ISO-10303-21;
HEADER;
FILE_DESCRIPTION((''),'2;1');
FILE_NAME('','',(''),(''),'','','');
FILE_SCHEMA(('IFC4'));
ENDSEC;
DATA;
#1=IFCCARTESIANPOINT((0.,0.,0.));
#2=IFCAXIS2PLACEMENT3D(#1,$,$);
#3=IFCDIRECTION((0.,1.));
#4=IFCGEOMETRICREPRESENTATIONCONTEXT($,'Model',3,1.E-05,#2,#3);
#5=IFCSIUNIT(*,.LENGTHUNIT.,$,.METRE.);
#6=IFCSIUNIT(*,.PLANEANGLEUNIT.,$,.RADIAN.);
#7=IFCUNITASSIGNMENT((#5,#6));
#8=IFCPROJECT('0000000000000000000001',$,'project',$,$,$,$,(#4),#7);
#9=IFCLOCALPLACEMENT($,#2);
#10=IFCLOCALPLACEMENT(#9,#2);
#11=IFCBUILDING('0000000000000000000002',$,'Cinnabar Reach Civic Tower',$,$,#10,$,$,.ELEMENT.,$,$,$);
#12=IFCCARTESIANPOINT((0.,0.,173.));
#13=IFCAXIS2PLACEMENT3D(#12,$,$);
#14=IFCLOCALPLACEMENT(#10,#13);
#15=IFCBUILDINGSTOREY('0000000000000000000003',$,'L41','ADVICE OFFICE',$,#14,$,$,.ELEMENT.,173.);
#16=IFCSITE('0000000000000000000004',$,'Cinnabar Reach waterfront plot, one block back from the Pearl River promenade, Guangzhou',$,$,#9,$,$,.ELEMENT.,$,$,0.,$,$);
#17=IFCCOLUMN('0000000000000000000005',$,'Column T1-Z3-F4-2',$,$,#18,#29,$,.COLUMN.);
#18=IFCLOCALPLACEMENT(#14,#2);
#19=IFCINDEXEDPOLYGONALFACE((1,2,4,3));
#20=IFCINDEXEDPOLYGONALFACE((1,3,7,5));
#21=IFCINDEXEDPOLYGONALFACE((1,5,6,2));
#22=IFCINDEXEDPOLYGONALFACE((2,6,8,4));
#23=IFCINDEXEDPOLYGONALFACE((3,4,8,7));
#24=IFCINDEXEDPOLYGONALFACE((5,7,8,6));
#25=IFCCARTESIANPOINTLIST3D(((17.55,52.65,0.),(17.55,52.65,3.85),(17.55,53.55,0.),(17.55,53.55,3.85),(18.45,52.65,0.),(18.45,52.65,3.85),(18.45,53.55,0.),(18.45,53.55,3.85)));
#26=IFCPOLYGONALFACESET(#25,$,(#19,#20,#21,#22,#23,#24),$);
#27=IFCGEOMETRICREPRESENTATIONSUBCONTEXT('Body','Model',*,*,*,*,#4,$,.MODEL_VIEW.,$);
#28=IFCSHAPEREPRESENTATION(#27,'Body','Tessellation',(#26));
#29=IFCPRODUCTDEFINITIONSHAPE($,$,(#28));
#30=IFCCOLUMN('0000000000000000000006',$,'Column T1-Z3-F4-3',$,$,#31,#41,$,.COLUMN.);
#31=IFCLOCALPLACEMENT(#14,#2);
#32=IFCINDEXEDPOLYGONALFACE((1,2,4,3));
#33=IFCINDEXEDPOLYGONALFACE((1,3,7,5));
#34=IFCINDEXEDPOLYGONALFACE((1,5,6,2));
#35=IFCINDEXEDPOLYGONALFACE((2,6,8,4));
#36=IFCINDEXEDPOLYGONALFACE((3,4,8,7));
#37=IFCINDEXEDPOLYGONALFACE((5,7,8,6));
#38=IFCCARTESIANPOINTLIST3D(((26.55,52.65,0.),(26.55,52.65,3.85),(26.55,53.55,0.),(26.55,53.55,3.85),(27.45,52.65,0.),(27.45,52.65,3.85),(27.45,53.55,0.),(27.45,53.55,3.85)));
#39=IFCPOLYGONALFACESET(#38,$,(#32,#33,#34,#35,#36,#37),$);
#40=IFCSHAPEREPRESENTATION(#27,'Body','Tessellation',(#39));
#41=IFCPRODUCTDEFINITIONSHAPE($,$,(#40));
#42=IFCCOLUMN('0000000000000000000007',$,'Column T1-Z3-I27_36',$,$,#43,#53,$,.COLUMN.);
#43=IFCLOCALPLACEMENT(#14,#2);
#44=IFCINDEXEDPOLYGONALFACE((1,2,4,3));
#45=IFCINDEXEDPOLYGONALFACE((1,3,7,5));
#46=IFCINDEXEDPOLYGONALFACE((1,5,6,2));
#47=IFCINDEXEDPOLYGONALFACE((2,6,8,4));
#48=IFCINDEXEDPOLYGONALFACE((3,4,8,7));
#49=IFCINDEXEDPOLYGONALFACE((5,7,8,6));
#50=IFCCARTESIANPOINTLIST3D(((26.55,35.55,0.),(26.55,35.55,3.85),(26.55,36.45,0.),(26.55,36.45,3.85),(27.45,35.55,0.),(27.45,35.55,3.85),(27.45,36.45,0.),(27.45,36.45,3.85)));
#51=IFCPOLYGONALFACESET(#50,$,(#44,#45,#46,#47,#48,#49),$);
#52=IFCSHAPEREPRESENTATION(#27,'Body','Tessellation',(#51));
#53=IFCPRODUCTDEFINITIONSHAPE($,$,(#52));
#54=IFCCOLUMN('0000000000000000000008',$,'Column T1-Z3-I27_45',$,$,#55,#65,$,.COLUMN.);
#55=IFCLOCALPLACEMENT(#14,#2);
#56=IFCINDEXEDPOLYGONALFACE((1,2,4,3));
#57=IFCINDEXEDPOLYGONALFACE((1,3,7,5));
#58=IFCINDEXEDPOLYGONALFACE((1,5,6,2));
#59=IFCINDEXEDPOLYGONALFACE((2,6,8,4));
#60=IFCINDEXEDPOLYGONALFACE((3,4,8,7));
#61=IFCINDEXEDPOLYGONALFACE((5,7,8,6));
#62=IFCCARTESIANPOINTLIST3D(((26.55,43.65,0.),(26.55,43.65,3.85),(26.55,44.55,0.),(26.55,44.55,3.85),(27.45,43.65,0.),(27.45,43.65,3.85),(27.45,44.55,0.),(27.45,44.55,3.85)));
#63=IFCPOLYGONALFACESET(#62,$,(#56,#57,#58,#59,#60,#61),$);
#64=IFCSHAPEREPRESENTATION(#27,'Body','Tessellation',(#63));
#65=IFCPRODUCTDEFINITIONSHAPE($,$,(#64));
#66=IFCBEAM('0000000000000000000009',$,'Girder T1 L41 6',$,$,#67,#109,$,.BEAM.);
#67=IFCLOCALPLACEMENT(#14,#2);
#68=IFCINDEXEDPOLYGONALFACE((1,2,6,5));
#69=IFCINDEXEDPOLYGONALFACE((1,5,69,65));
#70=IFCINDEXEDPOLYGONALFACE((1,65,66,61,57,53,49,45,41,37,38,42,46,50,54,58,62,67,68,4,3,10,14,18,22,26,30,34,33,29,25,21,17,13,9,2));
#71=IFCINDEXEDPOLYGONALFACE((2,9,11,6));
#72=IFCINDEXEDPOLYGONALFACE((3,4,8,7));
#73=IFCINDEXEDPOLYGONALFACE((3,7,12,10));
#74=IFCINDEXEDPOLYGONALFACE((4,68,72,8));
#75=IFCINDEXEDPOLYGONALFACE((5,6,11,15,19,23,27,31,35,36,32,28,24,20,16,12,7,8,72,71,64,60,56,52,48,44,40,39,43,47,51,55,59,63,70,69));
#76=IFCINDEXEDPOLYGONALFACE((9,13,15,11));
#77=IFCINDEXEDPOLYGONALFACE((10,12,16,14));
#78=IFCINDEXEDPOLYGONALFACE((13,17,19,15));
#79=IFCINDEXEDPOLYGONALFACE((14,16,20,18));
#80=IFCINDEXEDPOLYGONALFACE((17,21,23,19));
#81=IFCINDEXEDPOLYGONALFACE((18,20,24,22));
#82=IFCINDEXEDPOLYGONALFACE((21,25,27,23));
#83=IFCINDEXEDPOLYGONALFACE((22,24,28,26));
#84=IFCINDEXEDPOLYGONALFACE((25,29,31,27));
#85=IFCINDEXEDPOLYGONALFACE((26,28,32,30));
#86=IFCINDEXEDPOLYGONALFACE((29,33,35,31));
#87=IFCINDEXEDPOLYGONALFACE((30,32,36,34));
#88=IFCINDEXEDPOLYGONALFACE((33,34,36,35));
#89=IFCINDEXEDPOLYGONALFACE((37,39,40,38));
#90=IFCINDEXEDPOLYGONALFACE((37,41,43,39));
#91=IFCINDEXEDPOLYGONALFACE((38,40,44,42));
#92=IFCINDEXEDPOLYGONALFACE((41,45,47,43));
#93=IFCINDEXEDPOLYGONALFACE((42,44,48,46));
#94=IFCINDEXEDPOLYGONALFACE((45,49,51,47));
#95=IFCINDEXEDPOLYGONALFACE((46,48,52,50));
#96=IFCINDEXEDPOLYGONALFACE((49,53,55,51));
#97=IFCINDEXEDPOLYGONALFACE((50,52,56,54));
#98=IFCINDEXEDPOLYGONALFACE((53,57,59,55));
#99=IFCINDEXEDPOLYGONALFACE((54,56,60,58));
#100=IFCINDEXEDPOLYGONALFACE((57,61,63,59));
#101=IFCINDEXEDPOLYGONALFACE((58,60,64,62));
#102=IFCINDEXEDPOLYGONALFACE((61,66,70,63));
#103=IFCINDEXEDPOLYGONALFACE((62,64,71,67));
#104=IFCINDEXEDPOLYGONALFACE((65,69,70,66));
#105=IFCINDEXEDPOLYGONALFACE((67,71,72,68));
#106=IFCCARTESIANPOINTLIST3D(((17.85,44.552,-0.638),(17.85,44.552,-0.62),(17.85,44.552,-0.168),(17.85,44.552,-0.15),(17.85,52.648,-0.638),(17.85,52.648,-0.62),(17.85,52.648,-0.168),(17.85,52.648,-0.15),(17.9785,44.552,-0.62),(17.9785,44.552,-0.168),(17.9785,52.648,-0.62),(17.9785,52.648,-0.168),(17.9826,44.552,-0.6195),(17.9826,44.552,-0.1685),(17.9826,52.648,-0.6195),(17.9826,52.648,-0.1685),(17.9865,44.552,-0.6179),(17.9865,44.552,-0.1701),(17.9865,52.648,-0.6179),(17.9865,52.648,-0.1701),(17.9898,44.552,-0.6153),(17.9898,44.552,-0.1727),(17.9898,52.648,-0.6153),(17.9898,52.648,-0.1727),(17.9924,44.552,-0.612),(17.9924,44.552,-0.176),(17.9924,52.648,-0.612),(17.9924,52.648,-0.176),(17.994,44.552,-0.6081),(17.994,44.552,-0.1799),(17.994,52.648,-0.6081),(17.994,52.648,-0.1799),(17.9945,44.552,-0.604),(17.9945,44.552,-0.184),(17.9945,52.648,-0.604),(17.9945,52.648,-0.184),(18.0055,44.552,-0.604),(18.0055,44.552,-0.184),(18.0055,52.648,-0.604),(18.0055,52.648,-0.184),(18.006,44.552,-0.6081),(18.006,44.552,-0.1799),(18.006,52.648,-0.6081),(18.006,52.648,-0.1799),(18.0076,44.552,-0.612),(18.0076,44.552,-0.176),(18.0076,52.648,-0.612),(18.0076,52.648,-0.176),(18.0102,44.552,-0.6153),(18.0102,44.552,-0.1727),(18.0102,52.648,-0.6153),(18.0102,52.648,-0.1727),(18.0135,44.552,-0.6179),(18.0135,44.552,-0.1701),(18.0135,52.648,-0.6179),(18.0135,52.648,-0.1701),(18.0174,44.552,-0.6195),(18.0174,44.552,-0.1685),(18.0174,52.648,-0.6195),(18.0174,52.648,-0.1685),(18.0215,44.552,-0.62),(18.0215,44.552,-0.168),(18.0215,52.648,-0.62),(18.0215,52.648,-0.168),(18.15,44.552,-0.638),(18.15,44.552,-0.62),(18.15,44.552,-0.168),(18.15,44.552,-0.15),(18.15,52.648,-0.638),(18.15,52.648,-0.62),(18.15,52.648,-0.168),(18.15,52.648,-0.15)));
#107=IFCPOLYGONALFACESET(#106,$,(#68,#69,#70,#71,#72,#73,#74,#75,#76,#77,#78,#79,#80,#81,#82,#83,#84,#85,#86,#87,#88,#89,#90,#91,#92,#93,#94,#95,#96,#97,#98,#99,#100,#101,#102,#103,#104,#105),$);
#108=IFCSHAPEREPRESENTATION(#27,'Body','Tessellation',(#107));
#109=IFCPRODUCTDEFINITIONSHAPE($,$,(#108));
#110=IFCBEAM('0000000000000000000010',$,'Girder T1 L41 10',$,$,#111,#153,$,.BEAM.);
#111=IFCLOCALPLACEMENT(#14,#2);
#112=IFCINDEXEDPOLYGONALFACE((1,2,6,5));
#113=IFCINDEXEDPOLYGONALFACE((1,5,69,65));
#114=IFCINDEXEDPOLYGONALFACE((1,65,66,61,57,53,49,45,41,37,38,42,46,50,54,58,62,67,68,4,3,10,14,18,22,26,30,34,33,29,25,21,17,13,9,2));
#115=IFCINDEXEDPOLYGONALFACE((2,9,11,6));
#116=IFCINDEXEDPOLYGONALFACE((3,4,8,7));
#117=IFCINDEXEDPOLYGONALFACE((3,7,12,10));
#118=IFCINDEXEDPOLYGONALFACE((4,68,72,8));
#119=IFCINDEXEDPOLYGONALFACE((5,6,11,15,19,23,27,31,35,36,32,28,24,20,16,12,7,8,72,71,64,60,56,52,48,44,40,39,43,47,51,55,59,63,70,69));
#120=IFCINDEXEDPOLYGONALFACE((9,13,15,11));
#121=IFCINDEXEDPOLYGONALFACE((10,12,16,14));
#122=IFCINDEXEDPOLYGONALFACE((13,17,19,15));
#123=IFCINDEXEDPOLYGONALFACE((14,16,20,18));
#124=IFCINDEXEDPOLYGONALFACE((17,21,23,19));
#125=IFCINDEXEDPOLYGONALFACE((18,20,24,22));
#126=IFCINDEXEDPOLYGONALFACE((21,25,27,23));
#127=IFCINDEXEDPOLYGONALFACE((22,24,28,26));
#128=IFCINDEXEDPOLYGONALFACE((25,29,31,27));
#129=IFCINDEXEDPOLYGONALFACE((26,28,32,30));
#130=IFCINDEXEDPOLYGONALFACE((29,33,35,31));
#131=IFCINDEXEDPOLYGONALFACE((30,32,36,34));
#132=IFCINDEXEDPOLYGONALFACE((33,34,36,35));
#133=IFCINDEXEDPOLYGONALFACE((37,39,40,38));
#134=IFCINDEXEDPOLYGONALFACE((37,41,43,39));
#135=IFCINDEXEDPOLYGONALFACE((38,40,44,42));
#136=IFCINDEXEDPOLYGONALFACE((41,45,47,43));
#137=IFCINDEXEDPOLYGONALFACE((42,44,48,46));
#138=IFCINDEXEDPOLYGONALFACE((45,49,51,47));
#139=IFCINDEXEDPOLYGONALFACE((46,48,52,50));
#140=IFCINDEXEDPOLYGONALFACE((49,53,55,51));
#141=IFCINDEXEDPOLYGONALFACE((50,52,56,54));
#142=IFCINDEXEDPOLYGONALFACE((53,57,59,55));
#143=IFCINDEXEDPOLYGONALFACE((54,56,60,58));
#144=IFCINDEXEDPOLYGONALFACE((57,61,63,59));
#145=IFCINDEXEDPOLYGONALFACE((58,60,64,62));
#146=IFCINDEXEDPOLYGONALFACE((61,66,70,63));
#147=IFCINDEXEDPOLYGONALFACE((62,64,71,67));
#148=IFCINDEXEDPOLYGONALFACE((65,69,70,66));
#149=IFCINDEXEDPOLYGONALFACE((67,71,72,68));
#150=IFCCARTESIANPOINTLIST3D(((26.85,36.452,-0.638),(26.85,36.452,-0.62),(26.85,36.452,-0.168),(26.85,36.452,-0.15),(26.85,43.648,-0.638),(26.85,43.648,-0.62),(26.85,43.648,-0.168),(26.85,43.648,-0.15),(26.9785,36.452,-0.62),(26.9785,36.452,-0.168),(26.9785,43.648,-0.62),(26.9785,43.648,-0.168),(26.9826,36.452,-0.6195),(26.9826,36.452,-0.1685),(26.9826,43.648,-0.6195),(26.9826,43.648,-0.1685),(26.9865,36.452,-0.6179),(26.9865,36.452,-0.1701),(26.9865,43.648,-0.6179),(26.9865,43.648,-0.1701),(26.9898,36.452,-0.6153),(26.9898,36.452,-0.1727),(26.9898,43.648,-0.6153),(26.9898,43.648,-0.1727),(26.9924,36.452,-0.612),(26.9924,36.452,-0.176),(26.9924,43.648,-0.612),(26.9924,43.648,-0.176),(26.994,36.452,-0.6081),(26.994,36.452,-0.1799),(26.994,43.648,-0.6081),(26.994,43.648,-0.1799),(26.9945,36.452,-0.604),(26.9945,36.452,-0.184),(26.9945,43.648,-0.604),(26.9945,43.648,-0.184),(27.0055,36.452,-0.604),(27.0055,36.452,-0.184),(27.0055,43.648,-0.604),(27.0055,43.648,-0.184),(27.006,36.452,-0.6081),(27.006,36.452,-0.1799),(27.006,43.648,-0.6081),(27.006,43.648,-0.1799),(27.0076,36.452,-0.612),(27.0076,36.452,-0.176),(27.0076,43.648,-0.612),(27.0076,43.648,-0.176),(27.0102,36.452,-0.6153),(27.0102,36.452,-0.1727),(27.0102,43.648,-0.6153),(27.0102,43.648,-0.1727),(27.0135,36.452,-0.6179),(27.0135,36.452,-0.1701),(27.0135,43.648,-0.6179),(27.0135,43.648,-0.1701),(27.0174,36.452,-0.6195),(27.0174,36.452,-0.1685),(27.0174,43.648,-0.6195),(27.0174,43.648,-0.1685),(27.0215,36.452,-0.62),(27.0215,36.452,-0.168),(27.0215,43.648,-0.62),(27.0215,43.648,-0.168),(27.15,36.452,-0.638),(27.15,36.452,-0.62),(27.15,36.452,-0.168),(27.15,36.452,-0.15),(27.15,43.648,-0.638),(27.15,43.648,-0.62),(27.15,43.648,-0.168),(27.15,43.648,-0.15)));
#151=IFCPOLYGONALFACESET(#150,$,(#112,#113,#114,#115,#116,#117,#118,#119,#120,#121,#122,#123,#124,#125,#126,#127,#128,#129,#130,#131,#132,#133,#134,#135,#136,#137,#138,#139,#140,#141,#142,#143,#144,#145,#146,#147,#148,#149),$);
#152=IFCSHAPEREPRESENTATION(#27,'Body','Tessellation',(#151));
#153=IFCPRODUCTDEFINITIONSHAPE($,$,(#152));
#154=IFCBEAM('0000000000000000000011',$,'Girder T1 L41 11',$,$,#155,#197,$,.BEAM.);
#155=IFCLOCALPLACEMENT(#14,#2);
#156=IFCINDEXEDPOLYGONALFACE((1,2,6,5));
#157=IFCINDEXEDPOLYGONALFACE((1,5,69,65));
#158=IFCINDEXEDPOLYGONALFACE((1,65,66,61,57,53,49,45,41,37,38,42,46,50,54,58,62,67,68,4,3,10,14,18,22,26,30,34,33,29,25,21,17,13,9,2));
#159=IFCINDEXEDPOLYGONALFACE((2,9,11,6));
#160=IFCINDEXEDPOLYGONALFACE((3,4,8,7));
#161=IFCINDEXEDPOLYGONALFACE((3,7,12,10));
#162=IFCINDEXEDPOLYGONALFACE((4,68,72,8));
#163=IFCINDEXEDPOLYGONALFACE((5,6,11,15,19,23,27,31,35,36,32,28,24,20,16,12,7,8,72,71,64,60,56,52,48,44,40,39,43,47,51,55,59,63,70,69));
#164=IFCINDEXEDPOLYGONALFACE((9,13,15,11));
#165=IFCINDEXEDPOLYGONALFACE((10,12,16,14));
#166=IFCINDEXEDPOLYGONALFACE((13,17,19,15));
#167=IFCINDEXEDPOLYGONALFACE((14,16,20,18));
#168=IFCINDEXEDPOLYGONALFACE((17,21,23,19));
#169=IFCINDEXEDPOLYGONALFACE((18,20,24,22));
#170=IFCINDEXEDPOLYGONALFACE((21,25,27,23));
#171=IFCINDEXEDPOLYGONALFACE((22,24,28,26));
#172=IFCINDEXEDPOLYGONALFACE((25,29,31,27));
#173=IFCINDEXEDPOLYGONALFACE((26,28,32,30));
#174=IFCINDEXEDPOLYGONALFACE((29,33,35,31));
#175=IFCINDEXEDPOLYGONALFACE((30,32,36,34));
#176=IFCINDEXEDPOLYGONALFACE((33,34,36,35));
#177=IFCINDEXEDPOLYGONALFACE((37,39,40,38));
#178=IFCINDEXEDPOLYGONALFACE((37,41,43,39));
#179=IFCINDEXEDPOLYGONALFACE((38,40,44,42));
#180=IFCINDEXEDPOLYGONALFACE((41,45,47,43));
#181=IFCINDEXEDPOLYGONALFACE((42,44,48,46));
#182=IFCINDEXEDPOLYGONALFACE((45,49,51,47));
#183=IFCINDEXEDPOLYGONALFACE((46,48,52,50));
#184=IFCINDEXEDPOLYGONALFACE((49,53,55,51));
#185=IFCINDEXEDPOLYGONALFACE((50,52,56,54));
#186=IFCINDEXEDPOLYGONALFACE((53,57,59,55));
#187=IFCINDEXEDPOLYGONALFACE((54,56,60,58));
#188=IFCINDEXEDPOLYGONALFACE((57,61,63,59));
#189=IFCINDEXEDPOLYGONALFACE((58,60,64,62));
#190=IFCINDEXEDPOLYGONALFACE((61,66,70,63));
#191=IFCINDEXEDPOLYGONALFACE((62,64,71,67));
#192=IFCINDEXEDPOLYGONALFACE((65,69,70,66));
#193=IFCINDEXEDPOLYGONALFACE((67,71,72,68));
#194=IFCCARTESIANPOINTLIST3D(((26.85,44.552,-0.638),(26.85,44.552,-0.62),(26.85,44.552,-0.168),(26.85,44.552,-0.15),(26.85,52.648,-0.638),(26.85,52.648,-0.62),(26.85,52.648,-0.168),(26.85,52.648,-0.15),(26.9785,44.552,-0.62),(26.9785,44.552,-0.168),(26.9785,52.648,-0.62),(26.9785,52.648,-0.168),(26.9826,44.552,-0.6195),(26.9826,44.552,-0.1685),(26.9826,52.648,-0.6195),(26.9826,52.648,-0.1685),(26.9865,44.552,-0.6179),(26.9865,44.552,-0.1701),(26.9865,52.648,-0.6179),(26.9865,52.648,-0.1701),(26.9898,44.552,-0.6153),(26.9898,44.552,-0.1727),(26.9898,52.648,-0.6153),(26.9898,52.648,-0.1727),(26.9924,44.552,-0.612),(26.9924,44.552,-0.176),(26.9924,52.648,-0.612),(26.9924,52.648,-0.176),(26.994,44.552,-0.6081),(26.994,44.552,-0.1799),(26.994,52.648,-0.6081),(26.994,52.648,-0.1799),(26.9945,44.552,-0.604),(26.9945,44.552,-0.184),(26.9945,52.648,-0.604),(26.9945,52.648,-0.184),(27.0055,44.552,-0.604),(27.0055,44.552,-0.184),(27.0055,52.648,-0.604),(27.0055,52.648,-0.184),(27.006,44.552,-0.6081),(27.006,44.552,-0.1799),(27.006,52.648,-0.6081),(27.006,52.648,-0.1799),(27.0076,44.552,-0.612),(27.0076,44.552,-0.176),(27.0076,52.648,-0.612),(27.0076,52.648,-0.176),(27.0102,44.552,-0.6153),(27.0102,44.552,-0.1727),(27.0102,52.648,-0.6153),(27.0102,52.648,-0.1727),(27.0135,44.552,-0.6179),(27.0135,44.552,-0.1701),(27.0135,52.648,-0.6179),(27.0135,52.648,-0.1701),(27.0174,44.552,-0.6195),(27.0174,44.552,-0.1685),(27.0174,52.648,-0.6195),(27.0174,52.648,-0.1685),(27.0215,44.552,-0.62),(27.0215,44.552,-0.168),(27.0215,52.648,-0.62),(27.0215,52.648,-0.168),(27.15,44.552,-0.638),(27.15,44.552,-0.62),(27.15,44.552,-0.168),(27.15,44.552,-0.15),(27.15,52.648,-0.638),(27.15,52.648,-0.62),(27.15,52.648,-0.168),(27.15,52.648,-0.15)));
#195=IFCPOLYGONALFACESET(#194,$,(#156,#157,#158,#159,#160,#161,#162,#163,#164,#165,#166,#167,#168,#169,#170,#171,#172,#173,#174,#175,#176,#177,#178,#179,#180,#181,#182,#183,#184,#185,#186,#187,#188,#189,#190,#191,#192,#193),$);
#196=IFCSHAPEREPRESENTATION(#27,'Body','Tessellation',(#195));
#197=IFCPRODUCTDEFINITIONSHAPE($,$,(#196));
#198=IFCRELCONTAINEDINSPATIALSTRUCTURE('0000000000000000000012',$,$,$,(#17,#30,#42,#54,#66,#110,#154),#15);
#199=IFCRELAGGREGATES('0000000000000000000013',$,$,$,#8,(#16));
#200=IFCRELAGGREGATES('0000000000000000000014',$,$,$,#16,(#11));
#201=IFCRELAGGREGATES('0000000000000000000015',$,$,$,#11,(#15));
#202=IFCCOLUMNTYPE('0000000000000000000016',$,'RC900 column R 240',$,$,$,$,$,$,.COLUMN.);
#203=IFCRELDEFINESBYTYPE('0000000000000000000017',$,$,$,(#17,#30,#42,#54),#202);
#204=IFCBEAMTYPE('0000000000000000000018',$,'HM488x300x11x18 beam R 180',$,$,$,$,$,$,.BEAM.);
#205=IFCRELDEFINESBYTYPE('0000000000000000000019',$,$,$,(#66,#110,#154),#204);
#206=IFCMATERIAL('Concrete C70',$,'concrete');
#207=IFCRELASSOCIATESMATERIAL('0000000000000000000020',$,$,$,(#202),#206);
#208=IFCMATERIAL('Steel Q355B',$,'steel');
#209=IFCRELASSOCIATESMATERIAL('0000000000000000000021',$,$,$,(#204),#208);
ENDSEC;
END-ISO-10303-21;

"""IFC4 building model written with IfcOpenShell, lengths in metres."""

from ifc_helpers import new_model, si_unit, direction, frame, origin, origin_2d, place, context, subcontext, project, spatial, rectangle, i_section, extrude, material, material_profile, profile_set, type_object, element, save


model = new_model("IFC4")

# Units and contexts
model_context = context("Model", 3, precision=1e-05, world=origin(), true_north=direction((0.0, 1.0)))
body_context = subcontext(model_context, "Body", "Model", "MODEL_VIEW")
ifc_project = project(units=[si_unit("LENGTHUNIT", "METRE"), si_unit("PLANEANGLEUNIT", "RADIAN")], contexts=[model_context])

# Site, building, storey
site_placement = place(None, origin())
site = spatial("IfcSite", under=ifc_project, at=site_placement, Name="Cinnabar Reach waterfront plot, one block back from the Pearl River promenade, Guangzhou", CompositionType="ELEMENT", RefElevation=0.0)
building_placement = place(site_placement, origin())
building = spatial("IfcBuilding", under=site, at=building_placement, Name="Cinnabar Reach Civic Tower", CompositionType="ELEMENT")
storey_placement = place(building_placement, frame((0.0, 0.0, 173.0)))
storey = spatial("IfcBuildingStorey", under=building, at=storey_placement, Name="L41", Description="ADVICE OFFICE", CompositionType="ELEMENT", Elevation=173.0)

# Columns
ifc_material_1 = material(Name="Concrete C70", Category="concrete")
ifc_material_profile_1 = material_profile(ifc_material_1, rectangle(XDim=0.9, YDim=0.9, at=origin_2d()), Name="RC900")
ifc_profile_set_1 = profile_set([ifc_material_profile_1], Name="Concrete C70")
column_type = type_object("IfcColumnType", Name="RC900 column R 240", PredefinedType="COLUMN", material=ifc_profile_set_1)
for number, where, z_axis, x_axis, name in (
    (1, (18.0, 53.1, 0.0), (0.0, 0.0, 1.0), (1.0, 0.0, 0.0), "Column T1-Z3-F4-2"),
    (2, (27.0, 53.1, 0.0), (0.0, 0.0, 1.0), (1.0, 0.0, 0.0), "Column T1-Z3-F4-3"),
    (3, (27.0, 36.0, 0.0), (0.0, 0.0, 1.0), (1.0, 0.0, 0.0), "Column T1-Z3-I27_36"),
    (4, (27.0, 44.1, 0.0), (0.0, 0.0, 1.0), (1.0, 0.0, 0.0), "Column T1-Z3-I27_45"),
):
    element("IfcColumn", number, at=place(storey_placement, frame(where, z_axis=z_axis, x_axis=x_axis)), inside=storey, type_object=column_type, Name=name, PredefinedType="COLUMN", context=body_context, shape_type="SweptSolid", body=[
        extrude(rectangle(XDim=0.9, YDim=0.9, at=origin_2d()), origin(), (0.0, 0.0, 1.0), 3.85),
    ])

# Beams
ifc_material_2 = material(Name="Steel Q355B", Category="steel")
ifc_material_profile_2 = material_profile(ifc_material_2, i_section(OverallWidth=0.3, OverallDepth=0.488, WebThickness=0.011, FlangeThickness=0.018, FilletRadius=0.016, at=origin_2d()), Name="HM488x300x11x18")
ifc_profile_set_2 = profile_set([ifc_material_profile_2], Name="Steel Q355B")
beam_type_1 = type_object("IfcBeamType", Name="HM488x300x11x18 beam R 180", PredefinedType="BEAM", material=ifc_profile_set_2)
beam_1_placement = place(storey_placement, frame((18.0, 44.552, -0.394), z_axis=(0.0, 1.0, 0.0), x_axis=(-1.0, 0.0, 0.0)))
element("IfcBeam", 5, at=beam_1_placement, inside=storey, type_object=beam_type_1, Name="Girder T1 L41 6", PredefinedType="BEAM", context=body_context, shape_type="SweptSolid", body=[
    extrude(i_section(OverallWidth=0.3, OverallDepth=0.488, WebThickness=0.011, FlangeThickness=0.018, FilletRadius=0.016, at=origin_2d()), origin(), (0.0, 0.0, 1.0), 8.096),
])
beam_2_placement = place(storey_placement, frame((27.0, 36.452, -0.394), z_axis=(0.0, 1.0, 0.0), x_axis=(-1.0, 0.0, 0.0)))
element("IfcBeam", 6, at=beam_2_placement, inside=storey, type_object=beam_type_1, Name="Girder T1 L41 10", PredefinedType="BEAM", context=body_context, shape_type="SweptSolid", body=[
    extrude(i_section(OverallWidth=0.3, OverallDepth=0.488, WebThickness=0.011, FlangeThickness=0.018, FilletRadius=0.016, at=origin_2d()), origin(), (0.0, 0.0, 1.0), 7.196),
])
beam_3_placement = place(storey_placement, frame((27.0, 44.552, -0.394), z_axis=(0.0, 1.0, 0.0), x_axis=(-1.0, 0.0, 0.0)))
element("IfcBeam", 7, at=beam_3_placement, inside=storey, type_object=beam_type_1, Name="Girder T1 L41 11", PredefinedType="BEAM", context=body_context, shape_type="SweptSolid", body=[
    extrude(i_section(OverallWidth=0.3, OverallDepth=0.488, WebThickness=0.011, FlangeThickness=0.018, FilletRadius=0.016, at=origin_2d()), origin(), (0.0, 0.0, 1.0), 8.096),
])

save(model, "model.ifc")
